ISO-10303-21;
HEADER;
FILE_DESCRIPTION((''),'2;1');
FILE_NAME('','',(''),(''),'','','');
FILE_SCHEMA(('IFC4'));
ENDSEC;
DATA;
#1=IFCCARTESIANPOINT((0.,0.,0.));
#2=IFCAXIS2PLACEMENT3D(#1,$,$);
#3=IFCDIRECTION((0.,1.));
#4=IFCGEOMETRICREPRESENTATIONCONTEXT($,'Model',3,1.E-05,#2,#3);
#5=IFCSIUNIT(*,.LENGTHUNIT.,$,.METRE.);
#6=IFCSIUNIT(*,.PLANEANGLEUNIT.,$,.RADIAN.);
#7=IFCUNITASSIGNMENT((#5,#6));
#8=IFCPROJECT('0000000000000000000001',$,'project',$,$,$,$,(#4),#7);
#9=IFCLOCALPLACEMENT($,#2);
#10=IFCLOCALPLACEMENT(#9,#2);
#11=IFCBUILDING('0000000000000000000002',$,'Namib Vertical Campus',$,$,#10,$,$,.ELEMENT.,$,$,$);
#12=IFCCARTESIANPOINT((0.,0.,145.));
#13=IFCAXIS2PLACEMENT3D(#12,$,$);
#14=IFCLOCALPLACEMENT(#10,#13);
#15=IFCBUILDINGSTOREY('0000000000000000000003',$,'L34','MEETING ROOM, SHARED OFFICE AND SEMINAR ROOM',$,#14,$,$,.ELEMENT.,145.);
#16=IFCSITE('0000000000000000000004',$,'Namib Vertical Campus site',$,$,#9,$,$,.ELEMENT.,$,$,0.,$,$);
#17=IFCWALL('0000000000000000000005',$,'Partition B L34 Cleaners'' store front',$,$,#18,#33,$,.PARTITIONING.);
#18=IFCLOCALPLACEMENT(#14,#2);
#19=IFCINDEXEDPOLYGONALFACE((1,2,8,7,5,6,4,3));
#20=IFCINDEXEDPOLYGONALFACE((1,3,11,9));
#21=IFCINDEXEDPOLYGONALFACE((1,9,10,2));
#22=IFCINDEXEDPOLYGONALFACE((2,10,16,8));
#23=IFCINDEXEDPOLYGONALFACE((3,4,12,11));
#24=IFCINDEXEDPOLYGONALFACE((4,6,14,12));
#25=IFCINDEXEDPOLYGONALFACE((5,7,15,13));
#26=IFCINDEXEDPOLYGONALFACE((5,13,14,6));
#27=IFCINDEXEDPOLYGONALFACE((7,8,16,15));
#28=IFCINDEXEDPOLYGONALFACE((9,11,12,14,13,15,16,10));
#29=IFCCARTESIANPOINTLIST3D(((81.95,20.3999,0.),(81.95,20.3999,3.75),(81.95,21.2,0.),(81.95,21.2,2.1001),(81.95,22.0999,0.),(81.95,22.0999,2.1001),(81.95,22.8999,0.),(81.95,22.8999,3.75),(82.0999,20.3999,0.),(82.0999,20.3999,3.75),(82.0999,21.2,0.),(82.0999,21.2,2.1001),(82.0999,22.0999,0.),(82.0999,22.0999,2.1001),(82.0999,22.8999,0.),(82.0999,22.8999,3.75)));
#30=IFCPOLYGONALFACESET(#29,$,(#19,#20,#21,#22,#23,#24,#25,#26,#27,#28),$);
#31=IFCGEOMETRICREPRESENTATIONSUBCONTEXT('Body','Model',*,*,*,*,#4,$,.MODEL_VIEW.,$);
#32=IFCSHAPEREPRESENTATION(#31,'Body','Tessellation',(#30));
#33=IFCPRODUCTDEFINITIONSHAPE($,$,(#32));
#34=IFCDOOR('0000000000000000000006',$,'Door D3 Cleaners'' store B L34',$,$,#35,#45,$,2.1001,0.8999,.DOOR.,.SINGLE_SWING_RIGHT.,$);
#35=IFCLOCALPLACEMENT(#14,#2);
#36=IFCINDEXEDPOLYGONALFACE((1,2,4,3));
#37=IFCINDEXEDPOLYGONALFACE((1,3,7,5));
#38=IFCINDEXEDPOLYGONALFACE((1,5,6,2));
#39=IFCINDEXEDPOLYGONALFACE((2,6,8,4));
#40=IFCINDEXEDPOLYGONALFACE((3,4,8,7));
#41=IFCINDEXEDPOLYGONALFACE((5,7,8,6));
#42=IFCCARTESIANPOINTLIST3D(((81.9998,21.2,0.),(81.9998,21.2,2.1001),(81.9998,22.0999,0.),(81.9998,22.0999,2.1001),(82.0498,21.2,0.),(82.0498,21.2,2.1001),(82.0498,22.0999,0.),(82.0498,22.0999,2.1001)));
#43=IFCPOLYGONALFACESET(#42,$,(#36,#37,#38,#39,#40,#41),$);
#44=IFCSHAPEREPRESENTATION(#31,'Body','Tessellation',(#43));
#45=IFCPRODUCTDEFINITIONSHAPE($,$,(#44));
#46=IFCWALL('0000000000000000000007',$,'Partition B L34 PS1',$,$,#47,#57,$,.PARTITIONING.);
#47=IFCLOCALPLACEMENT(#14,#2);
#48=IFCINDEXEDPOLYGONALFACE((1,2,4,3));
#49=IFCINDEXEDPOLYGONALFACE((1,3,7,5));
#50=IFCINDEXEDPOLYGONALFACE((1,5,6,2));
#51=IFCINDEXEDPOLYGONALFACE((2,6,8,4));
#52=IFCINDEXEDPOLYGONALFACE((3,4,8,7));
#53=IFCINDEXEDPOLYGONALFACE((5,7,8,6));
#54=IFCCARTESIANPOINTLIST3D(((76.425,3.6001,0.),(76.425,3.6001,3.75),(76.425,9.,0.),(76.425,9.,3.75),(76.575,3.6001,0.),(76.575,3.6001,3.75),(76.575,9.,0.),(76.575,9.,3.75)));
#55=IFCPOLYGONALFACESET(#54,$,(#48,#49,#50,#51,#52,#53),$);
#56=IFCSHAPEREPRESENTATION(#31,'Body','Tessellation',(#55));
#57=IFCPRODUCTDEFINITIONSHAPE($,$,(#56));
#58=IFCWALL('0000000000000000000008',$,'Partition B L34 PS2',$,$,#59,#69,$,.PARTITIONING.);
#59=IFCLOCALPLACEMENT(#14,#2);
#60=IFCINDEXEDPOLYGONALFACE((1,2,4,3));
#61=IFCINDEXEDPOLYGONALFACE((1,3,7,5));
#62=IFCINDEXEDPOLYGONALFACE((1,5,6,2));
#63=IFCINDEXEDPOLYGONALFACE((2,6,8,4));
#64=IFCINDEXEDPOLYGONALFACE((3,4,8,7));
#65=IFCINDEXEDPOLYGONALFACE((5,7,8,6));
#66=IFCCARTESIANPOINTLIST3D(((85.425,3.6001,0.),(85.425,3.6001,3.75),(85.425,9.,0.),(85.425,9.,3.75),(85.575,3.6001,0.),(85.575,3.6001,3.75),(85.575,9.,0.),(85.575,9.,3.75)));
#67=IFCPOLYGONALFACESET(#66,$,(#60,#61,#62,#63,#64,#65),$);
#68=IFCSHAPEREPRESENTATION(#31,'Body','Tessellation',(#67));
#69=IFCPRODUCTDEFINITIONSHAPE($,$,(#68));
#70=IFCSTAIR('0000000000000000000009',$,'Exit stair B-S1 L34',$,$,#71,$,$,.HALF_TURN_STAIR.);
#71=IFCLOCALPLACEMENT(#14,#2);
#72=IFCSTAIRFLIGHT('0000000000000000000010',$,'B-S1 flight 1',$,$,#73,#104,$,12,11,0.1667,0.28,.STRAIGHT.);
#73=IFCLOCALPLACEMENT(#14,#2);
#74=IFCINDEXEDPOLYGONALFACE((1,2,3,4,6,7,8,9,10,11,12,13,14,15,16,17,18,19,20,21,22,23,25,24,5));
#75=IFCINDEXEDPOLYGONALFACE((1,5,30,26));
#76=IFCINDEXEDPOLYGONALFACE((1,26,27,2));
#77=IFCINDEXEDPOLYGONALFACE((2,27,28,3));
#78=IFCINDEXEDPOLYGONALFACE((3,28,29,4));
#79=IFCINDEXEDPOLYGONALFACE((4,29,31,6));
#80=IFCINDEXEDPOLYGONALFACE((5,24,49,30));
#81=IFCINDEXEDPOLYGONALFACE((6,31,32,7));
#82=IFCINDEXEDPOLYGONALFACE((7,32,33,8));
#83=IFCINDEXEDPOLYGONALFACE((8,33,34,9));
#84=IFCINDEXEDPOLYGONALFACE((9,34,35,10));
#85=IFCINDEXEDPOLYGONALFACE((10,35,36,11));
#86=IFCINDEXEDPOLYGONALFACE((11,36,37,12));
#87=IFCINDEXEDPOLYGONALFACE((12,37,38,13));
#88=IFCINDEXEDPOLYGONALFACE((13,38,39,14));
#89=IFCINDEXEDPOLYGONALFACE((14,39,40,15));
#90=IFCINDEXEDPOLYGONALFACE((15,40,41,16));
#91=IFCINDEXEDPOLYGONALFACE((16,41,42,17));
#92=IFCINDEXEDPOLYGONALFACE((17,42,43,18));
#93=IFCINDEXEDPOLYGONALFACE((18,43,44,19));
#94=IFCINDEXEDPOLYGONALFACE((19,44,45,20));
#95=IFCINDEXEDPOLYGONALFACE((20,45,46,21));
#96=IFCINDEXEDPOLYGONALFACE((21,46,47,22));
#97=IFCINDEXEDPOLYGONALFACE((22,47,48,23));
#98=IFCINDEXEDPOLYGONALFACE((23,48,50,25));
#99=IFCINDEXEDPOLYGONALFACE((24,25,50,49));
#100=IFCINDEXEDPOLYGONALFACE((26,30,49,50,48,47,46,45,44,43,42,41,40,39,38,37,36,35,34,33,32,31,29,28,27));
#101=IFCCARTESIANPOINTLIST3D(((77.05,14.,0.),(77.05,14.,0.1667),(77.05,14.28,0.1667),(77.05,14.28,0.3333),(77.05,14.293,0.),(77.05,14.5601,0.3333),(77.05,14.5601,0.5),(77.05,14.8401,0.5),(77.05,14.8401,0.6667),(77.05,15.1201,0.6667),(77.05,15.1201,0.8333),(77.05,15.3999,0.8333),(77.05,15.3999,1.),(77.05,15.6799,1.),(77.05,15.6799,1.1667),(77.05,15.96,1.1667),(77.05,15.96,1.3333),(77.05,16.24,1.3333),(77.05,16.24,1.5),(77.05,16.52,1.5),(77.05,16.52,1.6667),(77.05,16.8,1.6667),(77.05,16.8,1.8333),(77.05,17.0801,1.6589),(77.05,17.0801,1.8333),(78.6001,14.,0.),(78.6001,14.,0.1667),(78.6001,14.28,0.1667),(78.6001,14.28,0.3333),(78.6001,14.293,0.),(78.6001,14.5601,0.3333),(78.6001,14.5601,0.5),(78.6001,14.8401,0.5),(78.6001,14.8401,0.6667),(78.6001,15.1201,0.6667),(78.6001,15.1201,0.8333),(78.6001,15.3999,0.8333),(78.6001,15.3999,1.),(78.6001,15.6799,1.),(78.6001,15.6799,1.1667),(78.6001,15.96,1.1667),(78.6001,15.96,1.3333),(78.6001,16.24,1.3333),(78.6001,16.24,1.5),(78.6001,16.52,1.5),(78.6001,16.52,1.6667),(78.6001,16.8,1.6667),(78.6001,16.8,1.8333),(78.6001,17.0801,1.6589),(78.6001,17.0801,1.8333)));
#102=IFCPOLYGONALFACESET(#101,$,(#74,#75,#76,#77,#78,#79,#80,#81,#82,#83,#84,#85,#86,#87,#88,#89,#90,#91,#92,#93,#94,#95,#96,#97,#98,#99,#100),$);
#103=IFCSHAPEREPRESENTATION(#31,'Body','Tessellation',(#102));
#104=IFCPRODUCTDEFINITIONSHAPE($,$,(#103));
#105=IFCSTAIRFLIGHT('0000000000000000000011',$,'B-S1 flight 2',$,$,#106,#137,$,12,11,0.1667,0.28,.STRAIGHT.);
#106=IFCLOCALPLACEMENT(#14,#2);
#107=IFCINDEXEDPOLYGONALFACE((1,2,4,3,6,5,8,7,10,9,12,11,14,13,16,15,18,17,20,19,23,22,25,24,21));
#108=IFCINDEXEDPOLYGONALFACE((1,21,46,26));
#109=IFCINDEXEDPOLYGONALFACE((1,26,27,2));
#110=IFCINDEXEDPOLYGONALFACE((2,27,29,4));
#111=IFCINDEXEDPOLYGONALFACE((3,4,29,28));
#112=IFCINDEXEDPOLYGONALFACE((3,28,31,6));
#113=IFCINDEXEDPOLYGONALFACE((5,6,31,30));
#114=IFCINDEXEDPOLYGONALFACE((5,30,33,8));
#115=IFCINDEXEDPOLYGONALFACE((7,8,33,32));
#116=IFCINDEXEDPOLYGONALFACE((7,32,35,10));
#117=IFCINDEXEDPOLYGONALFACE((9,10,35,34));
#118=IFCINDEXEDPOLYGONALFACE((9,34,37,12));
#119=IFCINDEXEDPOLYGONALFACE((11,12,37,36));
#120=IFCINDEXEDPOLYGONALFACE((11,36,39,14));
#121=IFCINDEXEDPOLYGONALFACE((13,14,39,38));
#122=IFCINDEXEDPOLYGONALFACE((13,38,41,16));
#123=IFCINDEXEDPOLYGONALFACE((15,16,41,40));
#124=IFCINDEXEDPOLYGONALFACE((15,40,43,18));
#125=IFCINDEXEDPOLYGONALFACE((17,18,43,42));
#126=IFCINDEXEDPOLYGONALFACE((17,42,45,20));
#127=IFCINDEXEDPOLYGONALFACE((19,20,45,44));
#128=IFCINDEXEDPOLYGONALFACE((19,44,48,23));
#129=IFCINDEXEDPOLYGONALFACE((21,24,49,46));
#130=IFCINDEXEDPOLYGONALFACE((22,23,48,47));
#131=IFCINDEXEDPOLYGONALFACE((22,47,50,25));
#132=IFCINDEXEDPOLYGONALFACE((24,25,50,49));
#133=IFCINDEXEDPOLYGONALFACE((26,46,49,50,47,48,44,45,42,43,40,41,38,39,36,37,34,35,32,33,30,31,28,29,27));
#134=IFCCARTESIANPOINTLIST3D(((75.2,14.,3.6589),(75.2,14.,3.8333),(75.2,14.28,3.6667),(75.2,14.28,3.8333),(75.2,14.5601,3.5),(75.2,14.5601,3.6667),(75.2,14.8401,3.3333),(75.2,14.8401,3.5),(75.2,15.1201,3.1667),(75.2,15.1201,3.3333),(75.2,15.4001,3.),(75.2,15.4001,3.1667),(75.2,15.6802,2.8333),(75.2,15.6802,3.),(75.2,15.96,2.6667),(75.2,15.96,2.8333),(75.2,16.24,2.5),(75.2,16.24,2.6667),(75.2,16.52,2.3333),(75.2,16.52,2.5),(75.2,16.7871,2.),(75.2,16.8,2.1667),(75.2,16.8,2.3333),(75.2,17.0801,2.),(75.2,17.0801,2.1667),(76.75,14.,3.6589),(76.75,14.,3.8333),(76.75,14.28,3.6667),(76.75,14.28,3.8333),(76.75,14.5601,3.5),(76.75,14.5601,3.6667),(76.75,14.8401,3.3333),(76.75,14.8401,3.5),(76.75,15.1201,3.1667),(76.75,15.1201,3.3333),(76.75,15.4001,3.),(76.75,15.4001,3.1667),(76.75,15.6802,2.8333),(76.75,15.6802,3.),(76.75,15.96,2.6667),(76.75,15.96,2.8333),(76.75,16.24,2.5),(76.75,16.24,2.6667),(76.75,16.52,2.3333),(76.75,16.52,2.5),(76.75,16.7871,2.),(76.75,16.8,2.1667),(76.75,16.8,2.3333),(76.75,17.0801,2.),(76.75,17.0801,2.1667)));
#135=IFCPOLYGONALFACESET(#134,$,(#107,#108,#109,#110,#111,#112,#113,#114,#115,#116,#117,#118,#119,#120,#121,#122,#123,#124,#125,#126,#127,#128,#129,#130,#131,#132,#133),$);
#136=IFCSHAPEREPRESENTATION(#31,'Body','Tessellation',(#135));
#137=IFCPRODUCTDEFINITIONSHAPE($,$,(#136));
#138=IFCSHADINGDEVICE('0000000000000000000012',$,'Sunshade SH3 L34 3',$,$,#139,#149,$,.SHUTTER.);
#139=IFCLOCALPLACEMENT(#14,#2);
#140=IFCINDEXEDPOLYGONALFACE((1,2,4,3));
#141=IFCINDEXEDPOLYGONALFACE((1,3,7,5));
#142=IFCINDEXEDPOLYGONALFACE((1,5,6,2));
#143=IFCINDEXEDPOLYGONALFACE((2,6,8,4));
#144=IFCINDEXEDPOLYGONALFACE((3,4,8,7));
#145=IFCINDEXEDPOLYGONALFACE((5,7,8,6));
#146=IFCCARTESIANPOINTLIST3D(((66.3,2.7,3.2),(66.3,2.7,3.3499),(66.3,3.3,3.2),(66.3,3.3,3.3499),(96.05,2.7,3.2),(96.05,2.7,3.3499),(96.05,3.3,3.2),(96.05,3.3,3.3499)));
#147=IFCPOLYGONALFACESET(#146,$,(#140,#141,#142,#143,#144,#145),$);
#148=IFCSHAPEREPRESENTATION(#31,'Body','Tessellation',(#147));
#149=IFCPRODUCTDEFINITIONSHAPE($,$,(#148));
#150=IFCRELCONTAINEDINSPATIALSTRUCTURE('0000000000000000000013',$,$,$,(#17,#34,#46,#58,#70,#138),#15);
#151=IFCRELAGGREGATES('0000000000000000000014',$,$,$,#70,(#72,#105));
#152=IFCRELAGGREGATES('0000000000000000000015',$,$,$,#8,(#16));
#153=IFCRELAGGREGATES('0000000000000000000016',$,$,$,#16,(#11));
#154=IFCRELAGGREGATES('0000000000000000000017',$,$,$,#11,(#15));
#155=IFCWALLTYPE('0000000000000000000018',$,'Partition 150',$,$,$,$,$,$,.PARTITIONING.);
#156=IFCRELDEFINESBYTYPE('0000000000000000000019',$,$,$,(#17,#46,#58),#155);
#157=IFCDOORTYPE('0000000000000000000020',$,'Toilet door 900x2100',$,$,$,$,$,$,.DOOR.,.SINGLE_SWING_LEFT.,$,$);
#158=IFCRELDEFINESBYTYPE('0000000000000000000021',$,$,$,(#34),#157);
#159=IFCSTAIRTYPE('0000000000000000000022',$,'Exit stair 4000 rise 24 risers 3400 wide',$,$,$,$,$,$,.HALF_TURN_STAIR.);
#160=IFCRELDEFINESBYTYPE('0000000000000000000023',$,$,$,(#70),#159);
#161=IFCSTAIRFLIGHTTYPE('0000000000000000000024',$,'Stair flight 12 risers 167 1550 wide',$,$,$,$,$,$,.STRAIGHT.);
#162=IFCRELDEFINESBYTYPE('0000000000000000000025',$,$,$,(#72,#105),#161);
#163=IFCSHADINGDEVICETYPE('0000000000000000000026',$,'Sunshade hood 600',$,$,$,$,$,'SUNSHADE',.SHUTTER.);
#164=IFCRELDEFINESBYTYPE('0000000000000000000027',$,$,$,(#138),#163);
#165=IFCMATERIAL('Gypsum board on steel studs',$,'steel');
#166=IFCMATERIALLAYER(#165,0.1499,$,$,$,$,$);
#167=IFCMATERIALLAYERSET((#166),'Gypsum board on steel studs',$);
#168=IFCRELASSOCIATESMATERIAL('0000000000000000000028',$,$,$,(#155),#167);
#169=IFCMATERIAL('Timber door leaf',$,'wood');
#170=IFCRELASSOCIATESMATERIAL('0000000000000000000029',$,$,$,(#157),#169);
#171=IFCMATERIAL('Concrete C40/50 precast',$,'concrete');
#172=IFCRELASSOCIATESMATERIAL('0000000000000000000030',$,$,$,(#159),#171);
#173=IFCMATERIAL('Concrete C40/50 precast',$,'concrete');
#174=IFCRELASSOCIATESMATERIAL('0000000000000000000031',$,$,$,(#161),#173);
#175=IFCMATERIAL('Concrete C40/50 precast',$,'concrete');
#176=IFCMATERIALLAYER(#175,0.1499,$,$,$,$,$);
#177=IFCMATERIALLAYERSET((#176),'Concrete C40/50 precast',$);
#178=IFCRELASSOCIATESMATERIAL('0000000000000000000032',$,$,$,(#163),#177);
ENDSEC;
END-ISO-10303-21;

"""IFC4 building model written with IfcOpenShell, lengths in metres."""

from ifc_helpers import new_model, si_unit, direction, frame, frame_2d, origin, origin_2d, place, context, subcontext, project, spatial, polyline, rectangle, outline, extrude, material, layer, layer_set, type_object, element, fill, aggregate, save


model = new_model("IFC4")

# Units and contexts
model_context = context("Model", 3, precision=1e-05, world=origin(), true_north=direction((0.0, 1.0)))
body_context = subcontext(model_context, "Body", "Model", "MODEL_VIEW")
ifc_project = project(units=[si_unit("LENGTHUNIT", "METRE"), si_unit("PLANEANGLEUNIT", "RADIAN")], contexts=[model_context])

# Site, building, storey
site_placement = place(None, origin())
site = spatial("IfcSite", under=ifc_project, at=site_placement, Name="Namib Vertical Campus site", CompositionType="ELEMENT", RefElevation=0.0)
building_placement = place(site_placement, origin())
building = spatial("IfcBuilding", under=site, at=building_placement, Name="Namib Vertical Campus", CompositionType="ELEMENT")
storey_placement = place(building_placement, frame((0.0, 0.0, 145.0)))
storey = spatial("IfcBuildingStorey", under=building, at=storey_placement, Name="L34", Description="MEETING ROOM, SHARED OFFICE AND SEMINAR ROOM", CompositionType="ELEMENT", Elevation=145.0)

# Wall, opening, door
ifc_material_1 = material(Name="Gypsum board on steel studs", Category="steel")
ifc_layer_1 = layer(ifc_material_1, 0.1499)
ifc_layer_set_1 = layer_set([ifc_layer_1], Name="Gypsum board on steel studs")
wall_type_1 = type_object("IfcWallType", Name="Partition 150", PredefinedType="PARTITIONING", material=ifc_layer_set_1)
wall_1_placement = place(storey_placement, frame((82.0249, 20.3999, 0.0), z_axis=(0.0, 0.0, 1.0), x_axis=(0.0, 1.0, 0.0)))
wall_1 = element("IfcWall", 1, at=wall_1_placement, inside=storey, type_object=wall_type_1, Name="Partition B L34 Cleaners' store front", PredefinedType="PARTITIONING", context=body_context, shape_type="SweptSolid", body=[
    extrude(rectangle(XDim=2.5, YDim=0.1499, at=frame_2d((1.25, 0.0))), origin(), (0.0, 0.0, 1.0), 3.75),
])
opening_1_placement = place(wall_1_placement, frame((0.8, 0.0, 0.0)))
opening_1 = element("IfcOpeningElement", 2, at=opening_1_placement, cuts=wall_1, PredefinedType="OPENING", context=body_context, shape_type="SweptSolid", body=[
    extrude(rectangle(XDim=0.8999, YDim=2.1001, at=frame_2d((0.45, 1.05))), frame((0.0, 0.085, 0.0), z_axis=(0.0, -1.0, 0.0), x_axis=(1.0, 0.0, 0.0)), (0.0, 0.0, 1.0), 0.1699),
])
ifc_material_2 = material(Name="Timber door leaf", Category="wood")
door_type_1 = type_object("IfcDoorType", Name="Toilet door 900x2100", OperationType="SINGLE_SWING_LEFT", PredefinedType="DOOR", material=ifc_material_2)
door_1_placement = place(opening_1_placement, frame((0.8999, 0.0, 0.0), z_axis=(0.0, 0.0, 1.0), x_axis=(-1.0, 0.0, 0.0)))
door_1 = element("IfcDoor", 3, at=door_1_placement, inside=storey, type_object=door_type_1, Name="Door D3 Cleaners' store B L34", OperationType="SINGLE_SWING_RIGHT", OverallHeight=2.1001, OverallWidth=0.8999, PredefinedType="DOOR", context=body_context, shape_type="SweptSolid", body=[
    extrude(rectangle(XDim=0.8999, YDim=2.1001, at=frame_2d((0.45, 1.05))), frame((0.0, 0.0249, 0.0), z_axis=(0.0, -1.0, 0.0), x_axis=(1.0, 0.0, 0.0)), (0.0, 0.0, 1.0), 0.05),
])
fill(opening_1, door_1)

# Walls
for number, where, z_axis, x_axis, name in (
    (4, (76.5, 3.6001, 0.0), (0.0, 0.0, 1.0), (0.0, 1.0, 0.0), "Partition B L34 PS1"),
    (5, (85.5, 3.6001, 0.0), (0.0, 0.0, 1.0), (0.0, 1.0, 0.0), "Partition B L34 PS2"),
):
    element("IfcWall", number, at=place(storey_placement, frame(where, z_axis=z_axis, x_axis=x_axis)), inside=storey, type_object=wall_type_1, Name=name, PredefinedType="PARTITIONING", context=body_context, shape_type="SweptSolid", body=[
        extrude(rectangle(XDim=5.3999, YDim=0.1499, at=frame_2d((2.7, 0.0))), origin(), (0.0, 0.0, 1.0), 3.75),
    ])

# Stair, stair flights
ifc_material_3 = material(Name="Concrete C40/50 precast", Category="concrete")
stair_type = type_object("IfcStairType", Name="Exit stair 4000 rise 24 risers 3400 wide", PredefinedType="HALF_TURN_STAIR", material=ifc_material_3)
stair_placement = place(storey_placement, origin())
stair = element("IfcStair", 6, at=stair_placement, inside=storey, type_object=stair_type, Name="Exit stair B-S1 L34", PredefinedType="HALF_TURN_STAIR")
ifc_material_4 = material(Name="Concrete C40/50 precast", Category="concrete")
stair_flight_type = type_object("IfcStairFlightType", Name="Stair flight 12 risers 167 1550 wide", PredefinedType="STRAIGHT", material=ifc_material_4)
stair_flight_1_placement = place(storey_placement, frame((77.825, 14.0, 0.0), z_axis=(0.0, 0.0, 1.0), x_axis=(0.0, 1.0, 0.0)))
stair_flight_1 = element("IfcStairFlight", 7, at=stair_flight_1_placement, type_object=stair_flight_type, Name="B-S1 flight 1", NumberOfRisers=12, NumberOfTreads=11, PredefinedType="STRAIGHT", RiserHeight=0.1667, TreadLength=0.28, context=body_context, shape_type="SweptSolid", body=[
    extrude(outline(polyline([(0.0, 0.0), (0.0, 0.1667), (0.28, 0.1667), (0.28, 0.3333), (0.5601, 0.3333), (0.5601, 0.5), (0.8401, 0.5), (0.8401, 0.6667), (1.1201, 0.6667), (1.1201, 0.8333), (1.3999, 0.8333), (1.3999, 1.0), (1.6799, 1.0), (1.6799, 1.1667), (1.96, 1.1667), (1.96, 1.3333), (2.24, 1.3333), (2.24, 1.5), (2.52, 1.5), (2.52, 1.6667), (2.8, 1.6667), (2.8, 1.8333), (3.0801, 1.8333), (3.0801, 2.0), (3.0801, 1.6589), (0.293, 0.0), (0.0, 0.0)])), frame((0.0, 0.7749, 0.0), z_axis=(0.0, -1.0, 0.0), x_axis=(1.0, 0.0, 0.0)), (0.0, 0.0, 1.0), 1.55),
])
stair_flight_2_placement = place(storey_placement, frame((75.9751, 17.0801, 2.0), z_axis=(0.0, 0.0, 1.0), x_axis=(0.0, -1.0, 0.0)))
stair_flight_2 = element("IfcStairFlight", 8, at=stair_flight_2_placement, type_object=stair_flight_type, Name="B-S1 flight 2", NumberOfRisers=12, NumberOfTreads=11, PredefinedType="STRAIGHT", RiserHeight=0.1667, TreadLength=0.28, context=body_context, shape_type="SweptSolid", body=[
    extrude(outline(polyline([(0.0, 0.0), (0.0, 0.1667), (0.28, 0.1667), (0.28, 0.3333), (0.5601, 0.3333), (0.5601, 0.5), (0.8401, 0.5), (0.8401, 0.6667), (1.1201, 0.6667), (1.1201, 0.8333), (1.3999, 0.8333), (1.3999, 1.0), (1.6799, 1.0), (1.6799, 1.1667), (1.96, 1.1667), (1.96, 1.3333), (2.24, 1.3333), (2.24, 1.5), (2.52, 1.5), (2.52, 1.6667), (2.8, 1.6667), (2.8, 1.8333), (3.0801, 1.8333), (3.0801, 2.0), (3.0801, 1.6589), (0.293, 0.0), (0.0, 0.0)])), frame((0.0, 0.7749, 0.0), z_axis=(0.0, -1.0, 0.0), x_axis=(1.0, 0.0, 0.0)), (0.0, 0.0, 1.0), 1.55),
])
aggregate(stair, [stair_flight_1, stair_flight_2])

# Shading device
ifc_material_5 = material(Name="Concrete C40/50 precast", Category="concrete")
ifc_layer_2 = layer(ifc_material_5, 0.1499)
ifc_layer_set_2 = layer_set([ifc_layer_2], Name="Concrete C40/50 precast")
shading_device_type = type_object("IfcShadingDeviceType", Name="Sunshade hood 600", ElementType="SUNSHADE", PredefinedType="SHUTTER", material=ifc_layer_set_2)
shading_device_placement = place(storey_placement, frame((81.175, 3.0, 3.2), z_axis=(0.0, 0.0, 1.0), x_axis=(1.0, 0.0, 0.0)))
element("IfcShadingDevice", 9, at=shading_device_placement, inside=storey, type_object=shading_device_type, Name="Sunshade SH3 L34 3", PredefinedType="SHUTTER", context=body_context, shape_type="SweptSolid", body=[
    extrude(rectangle(XDim=29.75, YDim=0.6001, at=origin_2d()), origin(), (0.0, 0.0, 1.0), 0.1499),
])

save(model, "model.ifc")
